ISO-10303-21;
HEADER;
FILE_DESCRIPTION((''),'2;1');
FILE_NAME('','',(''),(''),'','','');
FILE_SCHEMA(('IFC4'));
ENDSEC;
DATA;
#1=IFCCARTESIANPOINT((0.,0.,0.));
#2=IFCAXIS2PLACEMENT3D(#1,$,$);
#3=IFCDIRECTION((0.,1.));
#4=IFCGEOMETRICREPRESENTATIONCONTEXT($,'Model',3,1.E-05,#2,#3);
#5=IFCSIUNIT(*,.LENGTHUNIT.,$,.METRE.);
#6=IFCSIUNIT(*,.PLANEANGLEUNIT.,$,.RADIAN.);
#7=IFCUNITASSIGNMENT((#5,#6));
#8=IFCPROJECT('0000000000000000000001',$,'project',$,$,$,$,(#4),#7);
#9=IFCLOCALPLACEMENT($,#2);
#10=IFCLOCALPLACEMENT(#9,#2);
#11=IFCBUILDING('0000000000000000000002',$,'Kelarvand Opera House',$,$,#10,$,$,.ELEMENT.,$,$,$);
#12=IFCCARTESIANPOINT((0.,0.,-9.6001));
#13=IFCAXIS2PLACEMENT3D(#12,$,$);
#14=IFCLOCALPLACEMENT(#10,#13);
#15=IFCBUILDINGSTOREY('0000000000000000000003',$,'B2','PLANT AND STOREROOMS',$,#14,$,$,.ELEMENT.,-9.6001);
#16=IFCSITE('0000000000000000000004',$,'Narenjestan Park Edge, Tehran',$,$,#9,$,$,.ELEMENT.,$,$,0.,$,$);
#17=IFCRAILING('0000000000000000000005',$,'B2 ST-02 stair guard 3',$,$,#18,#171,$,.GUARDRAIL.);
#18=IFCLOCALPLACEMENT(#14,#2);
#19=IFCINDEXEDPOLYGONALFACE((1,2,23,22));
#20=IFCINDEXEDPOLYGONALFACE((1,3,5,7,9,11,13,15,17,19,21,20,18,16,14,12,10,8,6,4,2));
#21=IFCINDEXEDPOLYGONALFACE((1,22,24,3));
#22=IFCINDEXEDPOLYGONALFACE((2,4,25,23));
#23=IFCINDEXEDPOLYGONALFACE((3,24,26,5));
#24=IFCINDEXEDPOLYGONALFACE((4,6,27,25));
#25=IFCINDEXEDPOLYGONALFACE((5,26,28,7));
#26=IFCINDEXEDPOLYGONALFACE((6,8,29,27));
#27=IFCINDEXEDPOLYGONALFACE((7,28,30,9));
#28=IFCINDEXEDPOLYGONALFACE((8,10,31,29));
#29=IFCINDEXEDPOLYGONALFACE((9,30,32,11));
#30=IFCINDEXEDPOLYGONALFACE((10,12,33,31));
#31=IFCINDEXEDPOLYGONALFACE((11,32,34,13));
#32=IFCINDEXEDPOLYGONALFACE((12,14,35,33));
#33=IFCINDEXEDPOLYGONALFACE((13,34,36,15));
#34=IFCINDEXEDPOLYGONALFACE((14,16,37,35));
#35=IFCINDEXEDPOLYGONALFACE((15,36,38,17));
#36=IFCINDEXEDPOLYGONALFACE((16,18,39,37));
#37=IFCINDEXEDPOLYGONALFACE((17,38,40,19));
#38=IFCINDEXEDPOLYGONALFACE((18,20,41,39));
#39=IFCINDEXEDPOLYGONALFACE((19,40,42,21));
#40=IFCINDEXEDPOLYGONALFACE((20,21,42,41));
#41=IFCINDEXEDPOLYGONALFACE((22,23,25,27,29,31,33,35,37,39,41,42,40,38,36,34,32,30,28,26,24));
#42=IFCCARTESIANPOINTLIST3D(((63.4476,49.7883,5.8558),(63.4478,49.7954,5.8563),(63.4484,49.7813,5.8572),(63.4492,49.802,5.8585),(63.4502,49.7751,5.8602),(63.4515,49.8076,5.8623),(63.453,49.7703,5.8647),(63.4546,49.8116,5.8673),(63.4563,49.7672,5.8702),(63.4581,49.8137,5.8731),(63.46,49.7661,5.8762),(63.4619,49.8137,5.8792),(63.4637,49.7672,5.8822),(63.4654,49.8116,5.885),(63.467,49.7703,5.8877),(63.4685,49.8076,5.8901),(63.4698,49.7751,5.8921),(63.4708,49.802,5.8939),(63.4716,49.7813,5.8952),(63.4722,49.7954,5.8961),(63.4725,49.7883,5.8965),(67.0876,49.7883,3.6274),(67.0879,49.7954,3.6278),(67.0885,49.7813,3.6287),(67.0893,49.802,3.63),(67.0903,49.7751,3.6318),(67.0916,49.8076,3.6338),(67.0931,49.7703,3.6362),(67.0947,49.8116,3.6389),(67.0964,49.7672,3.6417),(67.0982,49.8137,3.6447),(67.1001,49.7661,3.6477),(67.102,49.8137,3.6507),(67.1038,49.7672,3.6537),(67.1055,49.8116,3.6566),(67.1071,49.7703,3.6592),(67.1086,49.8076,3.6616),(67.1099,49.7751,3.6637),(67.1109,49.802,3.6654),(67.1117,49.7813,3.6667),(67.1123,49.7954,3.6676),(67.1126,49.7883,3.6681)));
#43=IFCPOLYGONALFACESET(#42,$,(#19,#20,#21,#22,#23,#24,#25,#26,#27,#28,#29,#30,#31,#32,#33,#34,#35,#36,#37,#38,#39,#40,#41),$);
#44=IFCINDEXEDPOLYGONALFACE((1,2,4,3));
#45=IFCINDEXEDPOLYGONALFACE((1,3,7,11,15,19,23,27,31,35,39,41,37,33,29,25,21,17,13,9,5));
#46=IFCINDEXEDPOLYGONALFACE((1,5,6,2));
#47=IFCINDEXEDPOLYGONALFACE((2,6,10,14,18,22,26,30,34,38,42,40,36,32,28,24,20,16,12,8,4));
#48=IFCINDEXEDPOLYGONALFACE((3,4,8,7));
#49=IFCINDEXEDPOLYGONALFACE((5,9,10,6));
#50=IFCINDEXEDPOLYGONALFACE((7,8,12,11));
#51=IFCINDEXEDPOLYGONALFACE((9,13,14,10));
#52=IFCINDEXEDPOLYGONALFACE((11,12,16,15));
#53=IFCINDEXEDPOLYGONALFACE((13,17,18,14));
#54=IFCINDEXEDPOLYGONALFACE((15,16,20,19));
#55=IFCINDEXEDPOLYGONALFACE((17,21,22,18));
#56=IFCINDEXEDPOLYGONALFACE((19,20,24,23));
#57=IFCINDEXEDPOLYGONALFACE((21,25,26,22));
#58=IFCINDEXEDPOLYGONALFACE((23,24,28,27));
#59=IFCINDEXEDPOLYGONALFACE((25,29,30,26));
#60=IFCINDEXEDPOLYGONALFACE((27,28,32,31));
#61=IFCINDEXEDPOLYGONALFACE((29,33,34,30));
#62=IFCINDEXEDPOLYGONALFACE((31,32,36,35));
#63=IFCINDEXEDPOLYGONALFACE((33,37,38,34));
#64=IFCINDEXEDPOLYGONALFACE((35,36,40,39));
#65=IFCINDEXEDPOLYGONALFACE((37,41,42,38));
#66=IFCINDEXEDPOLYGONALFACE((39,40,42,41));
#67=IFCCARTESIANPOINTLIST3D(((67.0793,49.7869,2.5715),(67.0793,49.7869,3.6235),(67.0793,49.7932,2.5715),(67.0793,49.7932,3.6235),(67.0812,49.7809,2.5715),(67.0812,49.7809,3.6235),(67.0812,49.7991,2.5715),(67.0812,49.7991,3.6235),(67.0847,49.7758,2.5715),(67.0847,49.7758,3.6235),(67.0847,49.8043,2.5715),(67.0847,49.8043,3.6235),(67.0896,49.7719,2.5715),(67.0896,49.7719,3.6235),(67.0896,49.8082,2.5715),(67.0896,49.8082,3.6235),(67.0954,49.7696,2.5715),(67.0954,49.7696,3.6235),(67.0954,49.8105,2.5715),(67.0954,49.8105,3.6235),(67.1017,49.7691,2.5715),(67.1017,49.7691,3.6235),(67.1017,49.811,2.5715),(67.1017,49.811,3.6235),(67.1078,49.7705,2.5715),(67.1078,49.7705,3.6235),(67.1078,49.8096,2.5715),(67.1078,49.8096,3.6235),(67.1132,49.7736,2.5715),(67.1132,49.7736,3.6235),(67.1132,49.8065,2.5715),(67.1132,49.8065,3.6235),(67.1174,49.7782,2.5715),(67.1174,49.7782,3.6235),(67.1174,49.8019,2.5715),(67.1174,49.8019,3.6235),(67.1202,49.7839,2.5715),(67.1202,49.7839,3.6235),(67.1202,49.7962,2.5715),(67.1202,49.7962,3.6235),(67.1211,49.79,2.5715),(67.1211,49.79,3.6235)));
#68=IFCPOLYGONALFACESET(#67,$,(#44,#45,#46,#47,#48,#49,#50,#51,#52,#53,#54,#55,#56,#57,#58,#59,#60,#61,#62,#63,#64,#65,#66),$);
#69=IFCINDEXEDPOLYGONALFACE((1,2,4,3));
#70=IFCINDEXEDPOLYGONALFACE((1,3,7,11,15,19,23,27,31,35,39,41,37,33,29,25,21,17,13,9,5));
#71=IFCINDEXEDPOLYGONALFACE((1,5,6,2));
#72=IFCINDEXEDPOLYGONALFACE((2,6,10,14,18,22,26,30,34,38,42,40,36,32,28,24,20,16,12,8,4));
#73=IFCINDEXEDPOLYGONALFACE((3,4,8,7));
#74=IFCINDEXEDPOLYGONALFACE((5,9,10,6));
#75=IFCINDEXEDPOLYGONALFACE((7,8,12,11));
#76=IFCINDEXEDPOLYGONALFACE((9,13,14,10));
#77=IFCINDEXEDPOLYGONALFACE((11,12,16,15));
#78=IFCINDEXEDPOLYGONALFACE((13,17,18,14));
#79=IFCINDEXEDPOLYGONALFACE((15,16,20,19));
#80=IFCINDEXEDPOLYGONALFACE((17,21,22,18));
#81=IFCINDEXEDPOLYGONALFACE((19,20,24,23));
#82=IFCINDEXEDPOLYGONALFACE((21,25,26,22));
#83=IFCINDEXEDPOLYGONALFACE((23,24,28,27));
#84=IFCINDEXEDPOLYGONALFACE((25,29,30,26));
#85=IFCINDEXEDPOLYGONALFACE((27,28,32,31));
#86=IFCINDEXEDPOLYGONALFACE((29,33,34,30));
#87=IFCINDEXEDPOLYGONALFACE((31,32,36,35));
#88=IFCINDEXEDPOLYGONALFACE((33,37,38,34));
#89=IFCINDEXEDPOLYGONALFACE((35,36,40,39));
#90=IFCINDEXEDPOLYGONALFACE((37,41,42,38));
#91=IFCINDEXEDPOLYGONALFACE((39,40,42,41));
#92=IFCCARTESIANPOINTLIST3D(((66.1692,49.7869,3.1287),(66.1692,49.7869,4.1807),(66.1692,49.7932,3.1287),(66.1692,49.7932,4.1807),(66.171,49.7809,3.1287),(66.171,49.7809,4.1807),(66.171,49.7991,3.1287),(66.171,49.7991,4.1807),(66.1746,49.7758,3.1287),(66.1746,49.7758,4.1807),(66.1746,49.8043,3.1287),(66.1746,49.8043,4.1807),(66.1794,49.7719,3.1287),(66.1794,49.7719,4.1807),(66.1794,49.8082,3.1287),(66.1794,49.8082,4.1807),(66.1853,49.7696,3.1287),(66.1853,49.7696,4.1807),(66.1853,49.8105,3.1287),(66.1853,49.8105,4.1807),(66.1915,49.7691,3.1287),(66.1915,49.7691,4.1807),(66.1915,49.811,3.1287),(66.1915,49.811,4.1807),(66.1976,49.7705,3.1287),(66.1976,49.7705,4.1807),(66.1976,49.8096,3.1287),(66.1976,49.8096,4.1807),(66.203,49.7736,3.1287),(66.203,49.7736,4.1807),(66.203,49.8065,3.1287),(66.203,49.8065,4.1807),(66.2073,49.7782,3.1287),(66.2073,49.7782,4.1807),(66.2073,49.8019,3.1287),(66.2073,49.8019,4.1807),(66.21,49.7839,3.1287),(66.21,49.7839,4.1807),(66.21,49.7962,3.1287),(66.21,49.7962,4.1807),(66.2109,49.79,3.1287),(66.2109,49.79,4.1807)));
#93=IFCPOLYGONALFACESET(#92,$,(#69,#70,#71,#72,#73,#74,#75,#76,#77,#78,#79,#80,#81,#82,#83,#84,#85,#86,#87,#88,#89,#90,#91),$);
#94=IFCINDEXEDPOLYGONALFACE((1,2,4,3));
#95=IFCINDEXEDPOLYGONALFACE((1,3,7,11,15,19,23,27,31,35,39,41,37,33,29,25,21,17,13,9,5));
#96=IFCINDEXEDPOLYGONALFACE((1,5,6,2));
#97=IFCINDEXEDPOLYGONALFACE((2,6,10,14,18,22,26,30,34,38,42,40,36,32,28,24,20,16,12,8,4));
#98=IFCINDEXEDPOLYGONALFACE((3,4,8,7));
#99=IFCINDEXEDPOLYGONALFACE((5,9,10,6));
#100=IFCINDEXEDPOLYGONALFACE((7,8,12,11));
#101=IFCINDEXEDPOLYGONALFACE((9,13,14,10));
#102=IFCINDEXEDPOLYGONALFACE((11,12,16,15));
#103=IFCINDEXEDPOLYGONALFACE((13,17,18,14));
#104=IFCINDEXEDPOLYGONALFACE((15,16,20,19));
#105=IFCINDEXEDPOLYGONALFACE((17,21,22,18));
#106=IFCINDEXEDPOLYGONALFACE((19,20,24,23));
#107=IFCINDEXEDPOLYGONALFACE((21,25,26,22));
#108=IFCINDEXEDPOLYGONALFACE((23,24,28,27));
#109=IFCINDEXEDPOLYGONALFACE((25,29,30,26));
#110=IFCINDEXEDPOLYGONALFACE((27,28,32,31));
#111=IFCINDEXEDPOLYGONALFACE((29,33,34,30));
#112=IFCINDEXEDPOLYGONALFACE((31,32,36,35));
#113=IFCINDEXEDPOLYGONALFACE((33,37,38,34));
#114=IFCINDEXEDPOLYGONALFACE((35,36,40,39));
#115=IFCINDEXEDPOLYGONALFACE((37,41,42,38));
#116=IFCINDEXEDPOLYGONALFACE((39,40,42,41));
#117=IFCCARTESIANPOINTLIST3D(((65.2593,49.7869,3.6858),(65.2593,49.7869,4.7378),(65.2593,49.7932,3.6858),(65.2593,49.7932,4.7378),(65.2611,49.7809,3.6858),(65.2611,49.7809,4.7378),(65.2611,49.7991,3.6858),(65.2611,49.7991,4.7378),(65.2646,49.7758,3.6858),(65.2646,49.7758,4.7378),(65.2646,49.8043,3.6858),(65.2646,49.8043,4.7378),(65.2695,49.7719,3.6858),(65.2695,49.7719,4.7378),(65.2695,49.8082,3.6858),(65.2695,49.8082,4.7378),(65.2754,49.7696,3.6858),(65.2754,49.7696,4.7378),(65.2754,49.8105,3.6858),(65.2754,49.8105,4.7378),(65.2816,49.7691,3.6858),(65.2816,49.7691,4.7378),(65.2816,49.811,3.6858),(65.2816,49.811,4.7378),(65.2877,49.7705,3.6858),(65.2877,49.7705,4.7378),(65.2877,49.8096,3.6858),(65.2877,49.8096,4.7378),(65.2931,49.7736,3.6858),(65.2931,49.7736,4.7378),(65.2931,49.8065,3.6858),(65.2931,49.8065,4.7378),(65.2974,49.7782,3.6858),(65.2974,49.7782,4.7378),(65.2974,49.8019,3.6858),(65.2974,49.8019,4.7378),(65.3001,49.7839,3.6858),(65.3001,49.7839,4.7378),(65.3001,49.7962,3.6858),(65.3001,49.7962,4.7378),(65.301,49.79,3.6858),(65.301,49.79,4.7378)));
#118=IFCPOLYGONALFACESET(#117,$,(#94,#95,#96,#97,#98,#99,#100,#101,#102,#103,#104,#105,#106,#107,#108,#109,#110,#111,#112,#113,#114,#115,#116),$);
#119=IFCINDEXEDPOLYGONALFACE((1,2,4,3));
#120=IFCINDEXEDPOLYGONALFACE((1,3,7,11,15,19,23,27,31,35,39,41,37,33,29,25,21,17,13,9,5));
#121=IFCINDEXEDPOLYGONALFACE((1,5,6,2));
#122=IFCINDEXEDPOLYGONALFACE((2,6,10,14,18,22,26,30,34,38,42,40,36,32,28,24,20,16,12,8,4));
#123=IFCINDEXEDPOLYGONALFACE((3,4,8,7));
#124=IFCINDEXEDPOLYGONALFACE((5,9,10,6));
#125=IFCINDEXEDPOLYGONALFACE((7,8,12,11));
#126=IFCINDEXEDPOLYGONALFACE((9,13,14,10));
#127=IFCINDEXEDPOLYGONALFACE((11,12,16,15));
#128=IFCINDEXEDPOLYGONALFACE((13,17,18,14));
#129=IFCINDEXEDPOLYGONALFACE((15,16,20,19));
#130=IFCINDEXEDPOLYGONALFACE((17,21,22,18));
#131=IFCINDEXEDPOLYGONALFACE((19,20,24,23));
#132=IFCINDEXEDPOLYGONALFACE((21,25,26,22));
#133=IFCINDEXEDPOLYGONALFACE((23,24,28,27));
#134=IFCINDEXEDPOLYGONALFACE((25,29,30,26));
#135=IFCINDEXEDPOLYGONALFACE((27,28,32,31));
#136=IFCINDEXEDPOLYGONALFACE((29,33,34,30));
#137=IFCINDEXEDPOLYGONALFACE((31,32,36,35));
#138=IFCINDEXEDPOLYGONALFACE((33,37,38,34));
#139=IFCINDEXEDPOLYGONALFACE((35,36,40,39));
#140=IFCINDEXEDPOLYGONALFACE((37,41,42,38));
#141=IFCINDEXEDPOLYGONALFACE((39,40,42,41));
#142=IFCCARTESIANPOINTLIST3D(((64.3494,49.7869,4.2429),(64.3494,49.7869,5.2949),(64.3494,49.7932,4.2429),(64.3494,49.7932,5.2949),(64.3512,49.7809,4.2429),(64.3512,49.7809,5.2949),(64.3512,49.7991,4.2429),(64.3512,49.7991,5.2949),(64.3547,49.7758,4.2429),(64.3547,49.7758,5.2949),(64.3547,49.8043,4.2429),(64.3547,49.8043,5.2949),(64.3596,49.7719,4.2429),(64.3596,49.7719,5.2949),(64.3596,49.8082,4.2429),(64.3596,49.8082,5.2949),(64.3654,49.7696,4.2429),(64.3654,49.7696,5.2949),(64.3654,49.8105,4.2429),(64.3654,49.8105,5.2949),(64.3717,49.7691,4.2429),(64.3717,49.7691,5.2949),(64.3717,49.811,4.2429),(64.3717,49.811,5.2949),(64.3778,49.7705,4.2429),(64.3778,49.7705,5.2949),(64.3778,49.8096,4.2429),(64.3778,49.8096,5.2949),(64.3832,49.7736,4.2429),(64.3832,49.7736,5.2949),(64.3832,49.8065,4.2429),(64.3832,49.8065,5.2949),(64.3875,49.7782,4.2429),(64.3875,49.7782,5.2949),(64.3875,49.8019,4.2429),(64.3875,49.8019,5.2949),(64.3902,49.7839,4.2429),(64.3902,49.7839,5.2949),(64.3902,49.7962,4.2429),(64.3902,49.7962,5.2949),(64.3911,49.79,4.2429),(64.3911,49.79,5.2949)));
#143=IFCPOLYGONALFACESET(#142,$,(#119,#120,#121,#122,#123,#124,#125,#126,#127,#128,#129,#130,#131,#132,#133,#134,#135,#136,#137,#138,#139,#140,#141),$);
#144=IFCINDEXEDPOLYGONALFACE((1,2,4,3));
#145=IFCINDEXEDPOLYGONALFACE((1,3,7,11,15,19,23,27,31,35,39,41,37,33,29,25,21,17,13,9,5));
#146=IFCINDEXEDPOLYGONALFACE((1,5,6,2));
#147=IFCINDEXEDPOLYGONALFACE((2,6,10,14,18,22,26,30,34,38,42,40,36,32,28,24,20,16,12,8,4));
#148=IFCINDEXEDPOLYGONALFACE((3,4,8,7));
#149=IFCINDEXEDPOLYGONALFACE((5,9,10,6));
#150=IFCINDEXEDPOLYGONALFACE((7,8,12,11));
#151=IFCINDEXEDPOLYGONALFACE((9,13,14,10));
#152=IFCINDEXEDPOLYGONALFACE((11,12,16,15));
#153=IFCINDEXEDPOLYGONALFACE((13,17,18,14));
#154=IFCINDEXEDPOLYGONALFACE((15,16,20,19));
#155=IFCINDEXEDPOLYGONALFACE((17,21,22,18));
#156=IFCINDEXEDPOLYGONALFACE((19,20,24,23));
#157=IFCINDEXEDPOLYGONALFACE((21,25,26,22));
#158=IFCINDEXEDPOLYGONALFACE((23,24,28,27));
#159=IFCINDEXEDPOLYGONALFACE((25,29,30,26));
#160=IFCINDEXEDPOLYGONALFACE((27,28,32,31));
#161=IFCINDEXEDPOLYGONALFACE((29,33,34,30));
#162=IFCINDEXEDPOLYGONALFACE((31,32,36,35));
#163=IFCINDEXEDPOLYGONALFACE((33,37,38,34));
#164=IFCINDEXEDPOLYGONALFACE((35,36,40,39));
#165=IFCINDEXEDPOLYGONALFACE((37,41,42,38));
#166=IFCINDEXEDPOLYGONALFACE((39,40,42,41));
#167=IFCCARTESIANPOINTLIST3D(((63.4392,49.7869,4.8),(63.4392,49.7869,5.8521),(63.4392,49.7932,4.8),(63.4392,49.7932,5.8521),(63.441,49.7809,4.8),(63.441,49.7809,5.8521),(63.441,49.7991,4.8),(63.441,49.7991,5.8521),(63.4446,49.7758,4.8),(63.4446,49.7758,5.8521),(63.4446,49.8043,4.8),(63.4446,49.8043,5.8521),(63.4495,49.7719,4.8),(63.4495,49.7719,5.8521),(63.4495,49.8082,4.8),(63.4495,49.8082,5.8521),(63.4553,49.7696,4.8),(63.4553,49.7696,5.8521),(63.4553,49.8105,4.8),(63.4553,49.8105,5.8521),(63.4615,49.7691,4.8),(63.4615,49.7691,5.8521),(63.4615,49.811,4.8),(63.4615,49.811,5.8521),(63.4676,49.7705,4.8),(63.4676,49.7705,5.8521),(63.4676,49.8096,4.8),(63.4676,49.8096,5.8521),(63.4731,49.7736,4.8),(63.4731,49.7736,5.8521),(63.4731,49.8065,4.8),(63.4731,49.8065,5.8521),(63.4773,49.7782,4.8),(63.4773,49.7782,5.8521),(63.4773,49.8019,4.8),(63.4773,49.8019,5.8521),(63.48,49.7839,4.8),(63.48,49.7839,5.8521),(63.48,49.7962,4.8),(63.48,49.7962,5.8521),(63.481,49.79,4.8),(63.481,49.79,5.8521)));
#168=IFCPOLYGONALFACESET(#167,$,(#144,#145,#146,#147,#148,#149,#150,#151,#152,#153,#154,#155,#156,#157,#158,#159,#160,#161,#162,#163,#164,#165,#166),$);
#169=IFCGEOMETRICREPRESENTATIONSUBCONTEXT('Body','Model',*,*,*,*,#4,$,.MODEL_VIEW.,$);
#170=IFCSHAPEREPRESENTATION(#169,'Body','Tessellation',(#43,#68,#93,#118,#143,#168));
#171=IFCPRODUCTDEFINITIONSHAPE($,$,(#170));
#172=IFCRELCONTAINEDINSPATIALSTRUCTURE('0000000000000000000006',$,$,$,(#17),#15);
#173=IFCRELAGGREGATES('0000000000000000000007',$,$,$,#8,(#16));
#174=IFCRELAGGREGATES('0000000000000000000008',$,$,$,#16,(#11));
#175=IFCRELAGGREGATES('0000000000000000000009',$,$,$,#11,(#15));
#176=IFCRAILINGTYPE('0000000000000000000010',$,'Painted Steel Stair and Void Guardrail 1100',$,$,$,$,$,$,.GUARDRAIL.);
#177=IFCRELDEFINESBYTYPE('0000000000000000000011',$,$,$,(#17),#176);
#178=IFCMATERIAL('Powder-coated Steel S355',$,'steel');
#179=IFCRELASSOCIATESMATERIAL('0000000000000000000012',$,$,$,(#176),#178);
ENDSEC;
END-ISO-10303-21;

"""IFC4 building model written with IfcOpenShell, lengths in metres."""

from ifc_helpers import new_model, si_unit, direction, frame, origin, origin_2d, place, context, subcontext, project, spatial, circle, extrude, material, type_object, element, save


model = new_model("IFC4")

# Units and contexts
model_context = context("Model", 3, precision=1e-05, world=origin(), true_north=direction((0.0, 1.0)))
body_context = subcontext(model_context, "Body", "Model", "MODEL_VIEW")
ifc_project = project(units=[si_unit("LENGTHUNIT", "METRE"), si_unit("PLANEANGLEUNIT", "RADIAN")], contexts=[model_context])

# Site, building, storey
site_placement = place(None, origin())
site = spatial("IfcSite", under=ifc_project, at=site_placement, Name="Narenjestan Park Edge, Tehran", CompositionType="ELEMENT", RefElevation=0.0)
building_placement = place(site_placement, origin())
building = spatial("IfcBuilding", under=site, at=building_placement, Name="Kelarvand Opera House", CompositionType="ELEMENT")
storey_placement = place(building_placement, frame((0.0, 0.0, -9.6001)))
storey = spatial("IfcBuildingStorey", under=building, at=storey_placement, Name="B2", Description="PLANT AND STOREROOMS", CompositionType="ELEMENT", Elevation=-9.6001)

# Railing
ifc_material_1 = material(Name="Powder-coated Steel S355", Category="steel")
railing_type_1 = type_object("IfcRailingType", Name="Painted Steel Stair and Void Guardrail 1100", PredefinedType="GUARDRAIL", material=ifc_material_1)
railing_1_placement = place(storey_placement, frame((67.1001, 49.79, 2.5715)))
element("IfcRailing", 1, at=railing_1_placement, inside=storey, type_object=railing_type_1, Name="B2 ST-02 stair guard 3", PredefinedType="GUARDRAIL", context=body_context, shape_type="SweptSolid", body=[
    extrude(circle(Radius=0.0239, at=origin_2d()), frame((0.0, 0.0, 1.0762), z_axis=(-0.852866, 0.0, 0.52213), x_axis=(0.0, -1.0, 0.0)), (0.0, 0.0, 1.0), 4.2681),
    extrude(circle(Radius=0.021, at=origin_2d()), origin(), (0.0, 0.0, 1.0), 1.052),
    extrude(circle(Radius=0.021, at=origin_2d()), frame((-0.9102, 0.0, 0.5571)), (0.0, 0.0, 1.0), 1.052),
    extrude(circle(Radius=0.021, at=origin_2d()), frame((-1.8201, 0.0, 1.1143)), (0.0, 0.0, 1.0), 1.052),
    extrude(circle(Radius=0.021, at=origin_2d()), frame((-2.73, 0.0, 1.6714)), (0.0, 0.0, 1.0), 1.052),
    extrude(circle(Radius=0.021, at=origin_2d()), frame((-3.6401, 0.0, 2.2285)), (0.0, 0.0, 1.0), 1.052),
])

save(model, "model.ifc")
